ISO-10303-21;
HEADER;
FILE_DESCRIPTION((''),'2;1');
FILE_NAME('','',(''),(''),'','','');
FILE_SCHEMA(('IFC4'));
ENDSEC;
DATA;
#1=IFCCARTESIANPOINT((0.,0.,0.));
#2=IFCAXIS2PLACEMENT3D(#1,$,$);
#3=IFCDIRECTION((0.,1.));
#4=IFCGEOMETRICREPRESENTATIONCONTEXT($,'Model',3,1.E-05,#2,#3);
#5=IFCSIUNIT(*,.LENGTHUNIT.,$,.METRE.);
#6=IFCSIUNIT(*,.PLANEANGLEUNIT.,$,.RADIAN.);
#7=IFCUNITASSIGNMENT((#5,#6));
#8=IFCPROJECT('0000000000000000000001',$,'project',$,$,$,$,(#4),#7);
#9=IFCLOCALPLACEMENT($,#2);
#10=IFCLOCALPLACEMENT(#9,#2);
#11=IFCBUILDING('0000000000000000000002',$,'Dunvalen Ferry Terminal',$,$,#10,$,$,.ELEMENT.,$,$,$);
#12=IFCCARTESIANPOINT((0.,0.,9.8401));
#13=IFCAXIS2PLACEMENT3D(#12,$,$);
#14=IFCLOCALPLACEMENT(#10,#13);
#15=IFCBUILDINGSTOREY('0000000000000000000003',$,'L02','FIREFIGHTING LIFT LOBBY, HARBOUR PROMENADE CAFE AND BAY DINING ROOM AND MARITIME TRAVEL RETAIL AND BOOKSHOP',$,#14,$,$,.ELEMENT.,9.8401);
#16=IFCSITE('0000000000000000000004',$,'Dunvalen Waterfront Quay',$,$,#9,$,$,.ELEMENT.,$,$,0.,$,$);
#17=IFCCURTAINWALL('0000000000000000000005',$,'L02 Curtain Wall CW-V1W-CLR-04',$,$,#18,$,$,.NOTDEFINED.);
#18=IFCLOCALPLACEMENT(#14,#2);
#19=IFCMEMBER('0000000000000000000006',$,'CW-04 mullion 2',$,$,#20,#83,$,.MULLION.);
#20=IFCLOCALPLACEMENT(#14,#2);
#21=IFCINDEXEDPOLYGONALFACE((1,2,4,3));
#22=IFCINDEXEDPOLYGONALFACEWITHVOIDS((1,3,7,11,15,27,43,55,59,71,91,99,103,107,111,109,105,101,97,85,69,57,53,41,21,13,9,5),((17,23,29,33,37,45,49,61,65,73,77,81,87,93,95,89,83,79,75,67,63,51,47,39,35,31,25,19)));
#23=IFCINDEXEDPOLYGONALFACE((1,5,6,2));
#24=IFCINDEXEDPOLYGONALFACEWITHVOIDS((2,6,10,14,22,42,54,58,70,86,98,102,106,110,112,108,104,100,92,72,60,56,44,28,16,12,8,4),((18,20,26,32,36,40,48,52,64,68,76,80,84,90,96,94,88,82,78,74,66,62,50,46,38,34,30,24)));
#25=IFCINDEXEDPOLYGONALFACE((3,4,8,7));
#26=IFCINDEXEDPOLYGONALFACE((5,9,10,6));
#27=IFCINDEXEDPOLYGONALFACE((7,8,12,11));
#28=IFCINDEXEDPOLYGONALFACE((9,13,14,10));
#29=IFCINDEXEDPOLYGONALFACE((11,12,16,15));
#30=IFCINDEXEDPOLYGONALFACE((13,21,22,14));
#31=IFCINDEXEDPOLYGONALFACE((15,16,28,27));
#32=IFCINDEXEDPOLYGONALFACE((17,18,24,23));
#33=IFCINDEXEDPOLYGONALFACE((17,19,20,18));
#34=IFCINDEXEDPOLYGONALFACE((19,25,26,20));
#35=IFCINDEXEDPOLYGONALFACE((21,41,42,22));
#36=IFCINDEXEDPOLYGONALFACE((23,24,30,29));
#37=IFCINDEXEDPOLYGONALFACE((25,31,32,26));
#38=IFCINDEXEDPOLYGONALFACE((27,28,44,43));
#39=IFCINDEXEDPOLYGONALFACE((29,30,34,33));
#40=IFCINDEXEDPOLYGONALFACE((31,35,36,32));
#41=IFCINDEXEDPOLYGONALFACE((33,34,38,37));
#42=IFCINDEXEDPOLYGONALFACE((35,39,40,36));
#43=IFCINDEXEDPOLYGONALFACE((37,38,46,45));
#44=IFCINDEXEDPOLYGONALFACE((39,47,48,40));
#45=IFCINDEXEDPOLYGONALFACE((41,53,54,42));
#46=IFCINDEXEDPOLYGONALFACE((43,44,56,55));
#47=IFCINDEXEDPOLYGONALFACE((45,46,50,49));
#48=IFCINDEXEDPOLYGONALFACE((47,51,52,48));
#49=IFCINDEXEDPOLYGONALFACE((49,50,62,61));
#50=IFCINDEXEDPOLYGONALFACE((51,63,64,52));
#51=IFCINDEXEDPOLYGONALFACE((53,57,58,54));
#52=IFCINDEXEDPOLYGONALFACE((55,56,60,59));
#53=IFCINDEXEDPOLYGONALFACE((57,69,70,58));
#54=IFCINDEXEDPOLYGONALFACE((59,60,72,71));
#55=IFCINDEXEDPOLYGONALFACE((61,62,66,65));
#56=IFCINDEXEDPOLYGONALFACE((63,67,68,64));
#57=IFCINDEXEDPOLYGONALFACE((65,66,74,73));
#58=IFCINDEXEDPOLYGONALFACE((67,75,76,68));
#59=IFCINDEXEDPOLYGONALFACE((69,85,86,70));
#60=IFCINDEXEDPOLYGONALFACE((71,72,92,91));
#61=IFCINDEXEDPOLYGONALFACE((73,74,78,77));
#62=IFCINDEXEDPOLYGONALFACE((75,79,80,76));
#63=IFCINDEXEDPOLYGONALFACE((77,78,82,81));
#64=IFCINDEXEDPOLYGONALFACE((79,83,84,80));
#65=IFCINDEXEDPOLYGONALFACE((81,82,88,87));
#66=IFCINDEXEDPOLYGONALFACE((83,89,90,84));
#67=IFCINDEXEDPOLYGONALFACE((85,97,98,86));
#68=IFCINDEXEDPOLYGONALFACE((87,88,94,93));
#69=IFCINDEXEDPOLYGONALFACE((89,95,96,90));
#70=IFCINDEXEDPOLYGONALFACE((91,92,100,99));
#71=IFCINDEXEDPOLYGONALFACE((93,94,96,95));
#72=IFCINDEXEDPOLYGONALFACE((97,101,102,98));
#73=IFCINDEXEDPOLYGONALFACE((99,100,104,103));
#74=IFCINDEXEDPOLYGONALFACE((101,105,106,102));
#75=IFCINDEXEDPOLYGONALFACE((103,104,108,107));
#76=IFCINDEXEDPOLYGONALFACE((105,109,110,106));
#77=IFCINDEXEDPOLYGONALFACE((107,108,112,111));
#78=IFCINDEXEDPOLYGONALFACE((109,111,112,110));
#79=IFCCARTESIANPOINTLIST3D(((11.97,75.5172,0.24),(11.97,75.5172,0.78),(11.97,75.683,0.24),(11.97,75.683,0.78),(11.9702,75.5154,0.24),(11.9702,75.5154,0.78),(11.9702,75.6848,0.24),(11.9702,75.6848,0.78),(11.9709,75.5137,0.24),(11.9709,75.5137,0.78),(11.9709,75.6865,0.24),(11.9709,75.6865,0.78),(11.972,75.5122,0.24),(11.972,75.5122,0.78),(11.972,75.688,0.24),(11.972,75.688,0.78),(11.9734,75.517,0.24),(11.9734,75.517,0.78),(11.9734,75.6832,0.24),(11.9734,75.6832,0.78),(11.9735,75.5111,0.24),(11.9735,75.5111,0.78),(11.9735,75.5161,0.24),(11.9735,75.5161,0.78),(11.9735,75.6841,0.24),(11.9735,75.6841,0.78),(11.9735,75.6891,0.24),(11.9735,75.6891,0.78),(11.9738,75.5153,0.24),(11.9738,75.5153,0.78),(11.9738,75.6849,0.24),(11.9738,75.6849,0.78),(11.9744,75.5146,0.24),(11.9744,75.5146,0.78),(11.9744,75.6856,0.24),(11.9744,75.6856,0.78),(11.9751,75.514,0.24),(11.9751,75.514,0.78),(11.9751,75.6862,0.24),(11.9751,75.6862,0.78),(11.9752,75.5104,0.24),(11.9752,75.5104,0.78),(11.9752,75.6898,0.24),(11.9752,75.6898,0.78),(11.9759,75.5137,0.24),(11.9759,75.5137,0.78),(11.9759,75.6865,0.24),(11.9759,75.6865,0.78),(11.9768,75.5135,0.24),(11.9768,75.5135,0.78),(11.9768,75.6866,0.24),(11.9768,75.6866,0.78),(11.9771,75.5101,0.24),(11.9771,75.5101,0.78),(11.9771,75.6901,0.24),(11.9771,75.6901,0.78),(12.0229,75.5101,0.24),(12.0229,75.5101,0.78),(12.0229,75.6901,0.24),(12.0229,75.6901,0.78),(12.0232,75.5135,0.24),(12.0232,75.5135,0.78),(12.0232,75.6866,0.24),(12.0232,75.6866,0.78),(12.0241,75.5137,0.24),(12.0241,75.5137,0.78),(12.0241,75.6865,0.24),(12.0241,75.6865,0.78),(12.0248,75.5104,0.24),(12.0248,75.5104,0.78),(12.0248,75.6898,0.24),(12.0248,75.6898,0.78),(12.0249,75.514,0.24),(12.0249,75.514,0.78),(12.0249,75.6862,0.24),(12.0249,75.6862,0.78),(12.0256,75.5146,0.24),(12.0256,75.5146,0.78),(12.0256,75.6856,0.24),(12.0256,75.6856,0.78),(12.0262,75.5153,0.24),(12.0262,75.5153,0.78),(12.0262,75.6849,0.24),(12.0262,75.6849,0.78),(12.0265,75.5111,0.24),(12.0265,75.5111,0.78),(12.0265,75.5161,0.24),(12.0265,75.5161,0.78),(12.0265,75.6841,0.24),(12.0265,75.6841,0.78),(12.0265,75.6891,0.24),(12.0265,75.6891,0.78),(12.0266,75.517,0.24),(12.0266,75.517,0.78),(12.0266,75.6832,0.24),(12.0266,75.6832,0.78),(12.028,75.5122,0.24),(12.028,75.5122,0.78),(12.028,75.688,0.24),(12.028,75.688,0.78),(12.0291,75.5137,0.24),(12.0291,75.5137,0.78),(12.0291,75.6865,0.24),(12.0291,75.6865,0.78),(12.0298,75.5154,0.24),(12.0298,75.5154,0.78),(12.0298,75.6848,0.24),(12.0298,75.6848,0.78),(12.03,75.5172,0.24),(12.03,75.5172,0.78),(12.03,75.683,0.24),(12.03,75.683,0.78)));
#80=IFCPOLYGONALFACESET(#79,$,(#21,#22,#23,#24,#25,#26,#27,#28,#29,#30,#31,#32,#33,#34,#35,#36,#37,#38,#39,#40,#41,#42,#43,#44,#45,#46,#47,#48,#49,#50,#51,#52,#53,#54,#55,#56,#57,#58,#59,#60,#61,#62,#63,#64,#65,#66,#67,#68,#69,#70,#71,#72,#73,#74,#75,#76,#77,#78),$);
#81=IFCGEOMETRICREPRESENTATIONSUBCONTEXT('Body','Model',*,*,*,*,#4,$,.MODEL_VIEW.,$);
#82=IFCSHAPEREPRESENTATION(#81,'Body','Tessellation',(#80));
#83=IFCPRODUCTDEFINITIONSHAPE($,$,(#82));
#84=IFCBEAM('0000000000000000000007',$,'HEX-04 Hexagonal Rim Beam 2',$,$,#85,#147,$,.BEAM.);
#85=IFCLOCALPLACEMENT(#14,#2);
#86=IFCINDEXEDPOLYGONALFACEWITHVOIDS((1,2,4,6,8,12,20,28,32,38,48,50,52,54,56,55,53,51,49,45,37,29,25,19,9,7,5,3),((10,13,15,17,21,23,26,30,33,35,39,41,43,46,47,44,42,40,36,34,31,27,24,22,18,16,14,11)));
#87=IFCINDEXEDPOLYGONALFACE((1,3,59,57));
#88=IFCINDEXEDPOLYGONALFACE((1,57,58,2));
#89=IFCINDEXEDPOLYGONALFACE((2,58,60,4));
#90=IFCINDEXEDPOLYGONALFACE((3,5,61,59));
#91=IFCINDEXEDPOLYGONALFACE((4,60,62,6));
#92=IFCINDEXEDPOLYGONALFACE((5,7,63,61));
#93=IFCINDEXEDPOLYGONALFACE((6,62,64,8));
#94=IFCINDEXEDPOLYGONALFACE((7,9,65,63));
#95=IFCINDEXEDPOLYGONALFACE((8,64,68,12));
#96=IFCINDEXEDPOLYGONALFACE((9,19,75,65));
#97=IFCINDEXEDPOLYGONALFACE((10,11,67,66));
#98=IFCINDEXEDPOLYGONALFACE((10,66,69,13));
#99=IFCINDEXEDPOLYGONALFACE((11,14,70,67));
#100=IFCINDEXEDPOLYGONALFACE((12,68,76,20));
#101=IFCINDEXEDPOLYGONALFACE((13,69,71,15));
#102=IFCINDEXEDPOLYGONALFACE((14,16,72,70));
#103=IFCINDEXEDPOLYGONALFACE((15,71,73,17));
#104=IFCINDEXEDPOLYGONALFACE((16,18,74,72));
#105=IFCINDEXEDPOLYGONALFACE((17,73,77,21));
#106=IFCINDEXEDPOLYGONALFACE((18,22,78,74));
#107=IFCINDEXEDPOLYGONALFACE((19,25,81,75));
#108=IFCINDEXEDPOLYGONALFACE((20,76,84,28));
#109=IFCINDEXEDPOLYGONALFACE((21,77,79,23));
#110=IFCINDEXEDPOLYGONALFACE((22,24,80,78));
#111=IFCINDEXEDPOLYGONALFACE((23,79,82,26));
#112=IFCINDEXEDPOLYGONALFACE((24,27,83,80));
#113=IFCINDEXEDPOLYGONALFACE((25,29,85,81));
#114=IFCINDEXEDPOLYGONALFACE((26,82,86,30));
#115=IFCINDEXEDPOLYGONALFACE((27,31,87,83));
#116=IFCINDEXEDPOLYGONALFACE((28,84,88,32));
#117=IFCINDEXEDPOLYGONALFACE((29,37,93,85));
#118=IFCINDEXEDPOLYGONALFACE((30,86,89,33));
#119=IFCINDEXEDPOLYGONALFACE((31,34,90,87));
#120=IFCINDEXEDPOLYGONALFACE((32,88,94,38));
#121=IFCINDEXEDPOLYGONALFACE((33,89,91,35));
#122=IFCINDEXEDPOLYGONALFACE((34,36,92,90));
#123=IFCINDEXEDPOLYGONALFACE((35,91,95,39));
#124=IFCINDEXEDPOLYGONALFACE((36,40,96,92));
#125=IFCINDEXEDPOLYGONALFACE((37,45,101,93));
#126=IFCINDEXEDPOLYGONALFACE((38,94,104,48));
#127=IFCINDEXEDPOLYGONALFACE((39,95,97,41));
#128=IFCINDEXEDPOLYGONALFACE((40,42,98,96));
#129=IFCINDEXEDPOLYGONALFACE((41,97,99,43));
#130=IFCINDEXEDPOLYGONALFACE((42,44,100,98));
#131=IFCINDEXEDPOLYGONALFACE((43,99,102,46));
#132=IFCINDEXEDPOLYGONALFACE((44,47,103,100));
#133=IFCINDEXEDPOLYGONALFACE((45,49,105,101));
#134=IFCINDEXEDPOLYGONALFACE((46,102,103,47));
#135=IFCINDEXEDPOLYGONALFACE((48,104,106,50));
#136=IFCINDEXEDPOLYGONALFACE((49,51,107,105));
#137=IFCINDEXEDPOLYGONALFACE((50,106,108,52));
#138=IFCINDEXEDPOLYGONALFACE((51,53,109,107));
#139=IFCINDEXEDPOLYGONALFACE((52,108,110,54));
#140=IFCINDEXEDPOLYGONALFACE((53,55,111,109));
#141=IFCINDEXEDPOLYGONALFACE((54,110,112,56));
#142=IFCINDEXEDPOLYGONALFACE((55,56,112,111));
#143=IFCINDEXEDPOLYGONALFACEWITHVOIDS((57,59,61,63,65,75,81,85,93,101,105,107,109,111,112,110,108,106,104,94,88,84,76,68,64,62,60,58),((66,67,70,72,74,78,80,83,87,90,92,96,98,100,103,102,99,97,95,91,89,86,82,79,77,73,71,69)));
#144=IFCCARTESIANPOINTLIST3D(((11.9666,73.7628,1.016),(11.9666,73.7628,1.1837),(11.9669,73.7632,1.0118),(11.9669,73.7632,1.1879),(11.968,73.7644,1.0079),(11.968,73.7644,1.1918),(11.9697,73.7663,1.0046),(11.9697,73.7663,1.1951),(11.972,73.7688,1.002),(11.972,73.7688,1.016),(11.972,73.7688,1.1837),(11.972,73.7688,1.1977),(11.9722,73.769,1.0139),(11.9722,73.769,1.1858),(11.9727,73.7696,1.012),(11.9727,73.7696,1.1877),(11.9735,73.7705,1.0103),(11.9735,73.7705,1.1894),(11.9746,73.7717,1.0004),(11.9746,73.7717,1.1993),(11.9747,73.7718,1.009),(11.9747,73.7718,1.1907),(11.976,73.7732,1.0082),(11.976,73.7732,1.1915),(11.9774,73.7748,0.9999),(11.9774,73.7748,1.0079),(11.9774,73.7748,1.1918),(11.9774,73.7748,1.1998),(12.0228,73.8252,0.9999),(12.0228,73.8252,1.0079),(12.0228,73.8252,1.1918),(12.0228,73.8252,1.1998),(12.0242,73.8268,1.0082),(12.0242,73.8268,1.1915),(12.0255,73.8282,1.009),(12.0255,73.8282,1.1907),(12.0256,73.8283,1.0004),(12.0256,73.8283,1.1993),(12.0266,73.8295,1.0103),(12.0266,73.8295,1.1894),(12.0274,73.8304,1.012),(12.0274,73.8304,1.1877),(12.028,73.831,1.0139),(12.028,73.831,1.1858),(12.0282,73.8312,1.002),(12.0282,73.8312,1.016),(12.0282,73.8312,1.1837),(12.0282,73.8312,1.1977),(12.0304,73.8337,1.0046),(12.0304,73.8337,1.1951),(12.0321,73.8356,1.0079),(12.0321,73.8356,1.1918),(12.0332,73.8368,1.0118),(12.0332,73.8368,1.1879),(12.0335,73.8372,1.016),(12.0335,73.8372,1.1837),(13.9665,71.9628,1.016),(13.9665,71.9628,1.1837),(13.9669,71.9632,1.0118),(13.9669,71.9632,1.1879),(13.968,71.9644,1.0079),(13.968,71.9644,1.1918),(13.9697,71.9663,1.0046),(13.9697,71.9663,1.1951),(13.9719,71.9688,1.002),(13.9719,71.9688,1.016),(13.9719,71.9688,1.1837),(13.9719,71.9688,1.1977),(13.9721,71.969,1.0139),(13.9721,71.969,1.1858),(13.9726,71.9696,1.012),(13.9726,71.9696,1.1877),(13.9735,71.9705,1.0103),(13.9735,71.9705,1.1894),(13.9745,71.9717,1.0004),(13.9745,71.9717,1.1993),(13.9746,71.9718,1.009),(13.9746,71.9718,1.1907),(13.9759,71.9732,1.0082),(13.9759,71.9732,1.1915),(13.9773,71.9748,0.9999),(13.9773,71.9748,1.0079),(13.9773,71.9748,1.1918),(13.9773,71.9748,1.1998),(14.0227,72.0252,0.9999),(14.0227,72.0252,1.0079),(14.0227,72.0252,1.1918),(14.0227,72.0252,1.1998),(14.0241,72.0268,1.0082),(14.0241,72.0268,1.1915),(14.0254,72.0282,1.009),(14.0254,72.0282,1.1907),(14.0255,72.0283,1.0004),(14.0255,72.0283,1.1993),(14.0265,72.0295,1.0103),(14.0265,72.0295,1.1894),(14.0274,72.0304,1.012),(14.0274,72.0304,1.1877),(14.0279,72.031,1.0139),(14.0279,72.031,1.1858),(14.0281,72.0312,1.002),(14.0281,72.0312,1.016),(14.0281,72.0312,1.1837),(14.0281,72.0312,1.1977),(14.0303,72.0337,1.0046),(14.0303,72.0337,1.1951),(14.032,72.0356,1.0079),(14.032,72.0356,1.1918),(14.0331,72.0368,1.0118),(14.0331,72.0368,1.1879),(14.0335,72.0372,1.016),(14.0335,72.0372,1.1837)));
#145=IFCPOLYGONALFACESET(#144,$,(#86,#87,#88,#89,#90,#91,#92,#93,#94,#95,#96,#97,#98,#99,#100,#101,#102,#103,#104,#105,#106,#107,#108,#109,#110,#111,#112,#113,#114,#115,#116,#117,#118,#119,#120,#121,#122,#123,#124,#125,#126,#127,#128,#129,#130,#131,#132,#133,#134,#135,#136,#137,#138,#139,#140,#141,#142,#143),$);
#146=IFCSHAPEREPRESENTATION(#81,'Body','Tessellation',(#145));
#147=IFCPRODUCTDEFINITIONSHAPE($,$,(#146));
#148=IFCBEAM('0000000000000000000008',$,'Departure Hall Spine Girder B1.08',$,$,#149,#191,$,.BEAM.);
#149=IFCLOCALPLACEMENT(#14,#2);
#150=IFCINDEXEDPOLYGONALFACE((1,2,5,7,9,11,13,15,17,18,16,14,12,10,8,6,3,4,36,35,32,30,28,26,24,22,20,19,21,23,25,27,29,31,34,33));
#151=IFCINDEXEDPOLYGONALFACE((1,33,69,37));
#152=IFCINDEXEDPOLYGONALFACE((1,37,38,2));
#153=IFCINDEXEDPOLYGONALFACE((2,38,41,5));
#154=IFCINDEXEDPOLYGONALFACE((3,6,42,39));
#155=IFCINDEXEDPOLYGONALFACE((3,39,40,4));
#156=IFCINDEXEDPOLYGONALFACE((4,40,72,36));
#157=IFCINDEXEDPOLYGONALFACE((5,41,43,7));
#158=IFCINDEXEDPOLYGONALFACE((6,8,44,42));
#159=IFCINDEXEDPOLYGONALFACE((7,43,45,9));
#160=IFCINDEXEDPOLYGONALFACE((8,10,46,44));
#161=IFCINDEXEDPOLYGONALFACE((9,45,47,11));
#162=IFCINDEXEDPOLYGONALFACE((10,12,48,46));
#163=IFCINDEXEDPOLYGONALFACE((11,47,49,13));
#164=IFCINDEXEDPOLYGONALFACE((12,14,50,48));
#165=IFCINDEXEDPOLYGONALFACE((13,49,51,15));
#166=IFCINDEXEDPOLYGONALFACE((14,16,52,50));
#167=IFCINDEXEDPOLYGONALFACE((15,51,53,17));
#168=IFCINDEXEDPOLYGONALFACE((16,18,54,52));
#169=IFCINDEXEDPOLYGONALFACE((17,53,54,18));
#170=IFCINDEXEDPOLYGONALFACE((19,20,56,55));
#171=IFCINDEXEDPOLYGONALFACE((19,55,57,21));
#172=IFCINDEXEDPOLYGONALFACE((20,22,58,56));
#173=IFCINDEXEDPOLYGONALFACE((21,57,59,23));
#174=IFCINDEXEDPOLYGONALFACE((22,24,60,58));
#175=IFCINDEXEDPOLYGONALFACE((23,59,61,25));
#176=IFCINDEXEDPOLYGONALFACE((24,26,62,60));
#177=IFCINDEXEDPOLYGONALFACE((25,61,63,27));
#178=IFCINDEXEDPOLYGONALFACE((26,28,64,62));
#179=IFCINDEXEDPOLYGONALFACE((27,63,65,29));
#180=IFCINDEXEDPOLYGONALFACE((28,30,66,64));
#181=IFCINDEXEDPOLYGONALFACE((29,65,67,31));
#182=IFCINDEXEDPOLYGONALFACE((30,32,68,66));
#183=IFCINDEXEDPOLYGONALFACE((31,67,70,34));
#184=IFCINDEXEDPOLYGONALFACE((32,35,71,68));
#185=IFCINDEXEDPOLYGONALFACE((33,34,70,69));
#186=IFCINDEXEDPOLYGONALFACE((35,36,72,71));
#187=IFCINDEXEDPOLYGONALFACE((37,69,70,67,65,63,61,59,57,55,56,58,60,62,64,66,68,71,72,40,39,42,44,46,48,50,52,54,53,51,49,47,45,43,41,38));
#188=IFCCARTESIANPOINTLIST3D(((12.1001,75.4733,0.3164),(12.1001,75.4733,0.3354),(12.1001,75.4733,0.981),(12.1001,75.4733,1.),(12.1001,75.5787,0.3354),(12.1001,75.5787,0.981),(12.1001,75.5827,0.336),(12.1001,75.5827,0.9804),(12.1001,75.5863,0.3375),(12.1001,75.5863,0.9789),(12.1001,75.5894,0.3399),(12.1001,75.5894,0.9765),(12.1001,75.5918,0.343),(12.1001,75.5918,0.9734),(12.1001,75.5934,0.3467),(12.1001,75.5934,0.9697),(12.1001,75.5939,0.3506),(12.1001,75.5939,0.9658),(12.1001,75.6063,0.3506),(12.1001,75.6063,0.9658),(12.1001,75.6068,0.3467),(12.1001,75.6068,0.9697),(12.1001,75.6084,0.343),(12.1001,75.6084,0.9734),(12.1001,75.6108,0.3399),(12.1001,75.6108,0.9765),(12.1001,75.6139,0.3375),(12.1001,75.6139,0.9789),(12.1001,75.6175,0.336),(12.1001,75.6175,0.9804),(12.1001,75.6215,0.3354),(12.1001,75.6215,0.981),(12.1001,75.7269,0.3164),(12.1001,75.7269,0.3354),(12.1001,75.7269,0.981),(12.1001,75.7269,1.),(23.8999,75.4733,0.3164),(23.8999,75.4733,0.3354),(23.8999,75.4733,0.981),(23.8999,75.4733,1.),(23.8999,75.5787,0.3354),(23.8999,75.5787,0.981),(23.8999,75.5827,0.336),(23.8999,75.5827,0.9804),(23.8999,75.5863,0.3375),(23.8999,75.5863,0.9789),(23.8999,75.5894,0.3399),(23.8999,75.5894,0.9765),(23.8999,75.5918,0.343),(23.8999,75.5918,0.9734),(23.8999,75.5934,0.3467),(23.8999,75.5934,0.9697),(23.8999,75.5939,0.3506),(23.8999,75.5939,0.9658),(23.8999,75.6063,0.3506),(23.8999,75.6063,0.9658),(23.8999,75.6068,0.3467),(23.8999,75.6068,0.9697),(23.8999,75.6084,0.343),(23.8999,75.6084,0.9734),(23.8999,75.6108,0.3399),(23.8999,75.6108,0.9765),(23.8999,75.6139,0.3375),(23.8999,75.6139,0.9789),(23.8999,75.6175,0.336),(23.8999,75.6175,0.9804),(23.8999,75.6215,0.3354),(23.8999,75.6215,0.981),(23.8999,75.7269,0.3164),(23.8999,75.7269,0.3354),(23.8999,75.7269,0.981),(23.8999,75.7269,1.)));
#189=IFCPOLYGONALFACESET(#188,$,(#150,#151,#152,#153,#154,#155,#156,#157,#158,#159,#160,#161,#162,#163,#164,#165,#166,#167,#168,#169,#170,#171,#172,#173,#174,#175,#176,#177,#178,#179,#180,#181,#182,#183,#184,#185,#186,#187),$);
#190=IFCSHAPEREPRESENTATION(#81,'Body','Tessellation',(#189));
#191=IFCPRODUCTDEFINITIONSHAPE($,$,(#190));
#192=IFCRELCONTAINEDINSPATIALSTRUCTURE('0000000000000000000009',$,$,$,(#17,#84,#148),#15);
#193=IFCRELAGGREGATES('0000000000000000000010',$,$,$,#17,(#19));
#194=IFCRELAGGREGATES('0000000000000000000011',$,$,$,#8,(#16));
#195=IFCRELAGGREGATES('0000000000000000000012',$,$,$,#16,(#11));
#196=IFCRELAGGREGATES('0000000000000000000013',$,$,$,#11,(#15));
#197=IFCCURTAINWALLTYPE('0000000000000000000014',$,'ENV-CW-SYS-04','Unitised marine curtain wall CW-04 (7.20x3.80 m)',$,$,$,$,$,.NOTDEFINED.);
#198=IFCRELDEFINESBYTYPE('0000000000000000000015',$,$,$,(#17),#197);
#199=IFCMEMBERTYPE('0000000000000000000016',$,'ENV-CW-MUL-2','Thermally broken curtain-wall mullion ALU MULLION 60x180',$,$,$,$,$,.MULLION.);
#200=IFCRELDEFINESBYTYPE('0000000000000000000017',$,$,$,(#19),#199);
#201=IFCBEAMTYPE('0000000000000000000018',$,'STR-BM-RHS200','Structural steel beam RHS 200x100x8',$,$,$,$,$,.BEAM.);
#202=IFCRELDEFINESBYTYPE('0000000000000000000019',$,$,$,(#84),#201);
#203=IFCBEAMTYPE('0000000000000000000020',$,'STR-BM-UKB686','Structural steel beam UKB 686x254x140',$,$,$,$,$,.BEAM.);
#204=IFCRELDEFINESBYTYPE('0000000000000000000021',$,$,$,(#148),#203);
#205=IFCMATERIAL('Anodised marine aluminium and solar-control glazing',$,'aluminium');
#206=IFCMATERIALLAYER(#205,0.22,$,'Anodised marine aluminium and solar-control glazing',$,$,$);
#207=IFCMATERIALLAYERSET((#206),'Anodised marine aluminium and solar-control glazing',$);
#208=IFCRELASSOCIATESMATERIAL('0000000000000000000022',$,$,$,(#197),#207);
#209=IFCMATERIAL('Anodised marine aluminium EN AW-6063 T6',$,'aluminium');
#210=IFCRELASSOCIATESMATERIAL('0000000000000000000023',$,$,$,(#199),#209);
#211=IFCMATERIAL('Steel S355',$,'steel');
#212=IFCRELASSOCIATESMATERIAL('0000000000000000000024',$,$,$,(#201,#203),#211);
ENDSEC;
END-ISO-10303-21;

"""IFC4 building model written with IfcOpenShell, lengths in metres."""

from ifc_helpers import new_model, si_unit, direction, frame, origin, origin_2d, place, context, subcontext, project, spatial, hollow_rectangle, i_section, extrude, material, layer, layer_set, material_profile, profile_set, type_object, element, aggregate, save


model = new_model("IFC4")

# Units and contexts
model_context = context("Model", 3, precision=1e-05, world=origin(), true_north=direction((0.0, 1.0)))
body_context = subcontext(model_context, "Body", "Model", "MODEL_VIEW")
ifc_project = project(units=[si_unit("LENGTHUNIT", "METRE"), si_unit("PLANEANGLEUNIT", "RADIAN")], contexts=[model_context])

# Site, building, storey
site_placement = place(None, origin())
site = spatial("IfcSite", under=ifc_project, at=site_placement, Name="Dunvalen Waterfront Quay", CompositionType="ELEMENT", RefElevation=0.0)
building_placement = place(site_placement, origin())
building = spatial("IfcBuilding", under=site, at=building_placement, Name="Dunvalen Ferry Terminal", CompositionType="ELEMENT")
storey_placement = place(building_placement, frame((0.0, 0.0, 9.8401)))
storey = spatial("IfcBuildingStorey", under=building, at=storey_placement, Name="L02", Description="FIREFIGHTING LIFT LOBBY, HARBOUR PROMENADE CAFE AND BAY DINING ROOM AND MARITIME TRAVEL RETAIL AND BOOKSHOP", CompositionType="ELEMENT", Elevation=9.8401)

# Curtain wall, member
ifc_material_1 = material(Name="Anodised marine aluminium and solar-control glazing", Category="aluminium")
ifc_layer_1 = layer(ifc_material_1, 0.22, Name="Anodised marine aluminium and solar-control glazing")
ifc_layer_set_1 = layer_set([ifc_layer_1], Name="Anodised marine aluminium and solar-control glazing")
curtain_wall_type = type_object("IfcCurtainWallType", Name="ENV-CW-SYS-04", Description="Unitised marine curtain wall CW-04 (7.20x3.80 m)", PredefinedType="NOTDEFINED", material=ifc_layer_set_1)
curtain_wall_placement = place(storey_placement, origin())
curtain_wall = element("IfcCurtainWall", 1, at=curtain_wall_placement, inside=storey, type_object=curtain_wall_type, Name="L02 Curtain Wall CW-V1W-CLR-04", PredefinedType="NOTDEFINED")
ifc_material_2 = material(Name="Anodised marine aluminium EN AW-6063 T6", Category="aluminium")
ifc_material_profile_1 = material_profile(ifc_material_2, hollow_rectangle(XDim=0.0601, YDim=0.1799, WallThickness=0.0034, InnerFilletRadius=0.0034, OuterFilletRadius=0.0071, at=origin_2d()), Name="Anodised marine aluminium EN AW-6063 T6")
ifc_profile_set_1 = profile_set([ifc_material_profile_1], Name="Anodised marine aluminium EN AW-6063 T6")
member_type_1 = type_object("IfcMemberType", Name="ENV-CW-MUL-2", Description="Thermally broken curtain-wall mullion ALU MULLION 60x180", PredefinedType="MULLION", material=ifc_profile_set_1)
member_1_placement = place(storey_placement, frame((12.0, 75.6001, 0.24), z_axis=(0.0, 0.0, 1.0), x_axis=(-1.0, 0.0, 0.0)))
member_1 = element("IfcMember", 2, at=member_1_placement, type_object=member_type_1, Name="CW-04 mullion 2", PredefinedType="MULLION", context=body_context, shape_type="SweptSolid", body=[
    extrude(hollow_rectangle(XDim=0.0601, YDim=0.1799, WallThickness=0.0034, InnerFilletRadius=0.0034, OuterFilletRadius=0.0071, at=origin_2d()), origin(), (0.0, 0.0, 1.0), 0.54),
])

# Beams
ifc_material_3 = material(Name="Steel S355", Category="steel")
ifc_material_profile_2 = material_profile(ifc_material_3, hollow_rectangle(XDim=0.1001, YDim=0.2, WallThickness=0.0081, InnerFilletRadius=0.0081, OuterFilletRadius=0.0161, at=origin_2d()), Name="Steel S355")
ifc_profile_set_2 = profile_set([ifc_material_profile_2], Name="Steel S355")
beam_type_1 = type_object("IfcBeamType", Name="STR-BM-RHS200", Description="Structural steel beam RHS 200x100x8", PredefinedType="BEAM", material=ifc_profile_set_2)
beam_1_placement = place(storey_placement, frame((14.0, 72.0, 1.0999), z_axis=(-0.743285, 0.668975, 0.0), x_axis=(-0.668975, -0.743285, 0.0)))
element("IfcBeam", 3, at=beam_1_placement, inside=storey, type_object=beam_type_1, Name="HEX-04 Hexagonal Rim Beam 2", PredefinedType="BEAM", context=body_context, shape_type="SweptSolid", body=[
    extrude(hollow_rectangle(XDim=0.1001, YDim=0.2, WallThickness=0.0081, InnerFilletRadius=0.0081, OuterFilletRadius=0.0161, at=origin_2d()), origin(), (0.0, 0.0, 1.0), 2.6907),
])
ifc_material_profile_3 = material_profile(ifc_material_3, i_section(OverallWidth=0.2537, OverallDepth=0.6836, WebThickness=0.0125, FlangeThickness=0.019, FilletRadius=0.0151, at=origin_2d()), Name="Steel S355")
ifc_profile_set_3 = profile_set([ifc_material_profile_3], Name="Steel S355")
beam_type_2 = type_object("IfcBeamType", Name="STR-BM-UKB686", Description="Structural steel beam UKB 686x254x140", PredefinedType="BEAM", material=ifc_profile_set_3)
beam_2_placement = place(storey_placement, frame((12.1001, 75.6001, 0.6582), z_axis=(1.0, 0.0, 0.0), x_axis=(0.0, 1.0, 0.0)))
element("IfcBeam", 4, at=beam_2_placement, inside=storey, type_object=beam_type_2, Name="Departure Hall Spine Girder B1.08", PredefinedType="BEAM", context=body_context, shape_type="SweptSolid", body=[
    extrude(i_section(OverallWidth=0.2537, OverallDepth=0.6836, WebThickness=0.0125, FlangeThickness=0.019, FilletRadius=0.0151, at=origin_2d()), origin(), (0.0, 0.0, 1.0), 11.7998),
])

aggregate(curtain_wall, [member_1])

save(model, "model.ifc")
